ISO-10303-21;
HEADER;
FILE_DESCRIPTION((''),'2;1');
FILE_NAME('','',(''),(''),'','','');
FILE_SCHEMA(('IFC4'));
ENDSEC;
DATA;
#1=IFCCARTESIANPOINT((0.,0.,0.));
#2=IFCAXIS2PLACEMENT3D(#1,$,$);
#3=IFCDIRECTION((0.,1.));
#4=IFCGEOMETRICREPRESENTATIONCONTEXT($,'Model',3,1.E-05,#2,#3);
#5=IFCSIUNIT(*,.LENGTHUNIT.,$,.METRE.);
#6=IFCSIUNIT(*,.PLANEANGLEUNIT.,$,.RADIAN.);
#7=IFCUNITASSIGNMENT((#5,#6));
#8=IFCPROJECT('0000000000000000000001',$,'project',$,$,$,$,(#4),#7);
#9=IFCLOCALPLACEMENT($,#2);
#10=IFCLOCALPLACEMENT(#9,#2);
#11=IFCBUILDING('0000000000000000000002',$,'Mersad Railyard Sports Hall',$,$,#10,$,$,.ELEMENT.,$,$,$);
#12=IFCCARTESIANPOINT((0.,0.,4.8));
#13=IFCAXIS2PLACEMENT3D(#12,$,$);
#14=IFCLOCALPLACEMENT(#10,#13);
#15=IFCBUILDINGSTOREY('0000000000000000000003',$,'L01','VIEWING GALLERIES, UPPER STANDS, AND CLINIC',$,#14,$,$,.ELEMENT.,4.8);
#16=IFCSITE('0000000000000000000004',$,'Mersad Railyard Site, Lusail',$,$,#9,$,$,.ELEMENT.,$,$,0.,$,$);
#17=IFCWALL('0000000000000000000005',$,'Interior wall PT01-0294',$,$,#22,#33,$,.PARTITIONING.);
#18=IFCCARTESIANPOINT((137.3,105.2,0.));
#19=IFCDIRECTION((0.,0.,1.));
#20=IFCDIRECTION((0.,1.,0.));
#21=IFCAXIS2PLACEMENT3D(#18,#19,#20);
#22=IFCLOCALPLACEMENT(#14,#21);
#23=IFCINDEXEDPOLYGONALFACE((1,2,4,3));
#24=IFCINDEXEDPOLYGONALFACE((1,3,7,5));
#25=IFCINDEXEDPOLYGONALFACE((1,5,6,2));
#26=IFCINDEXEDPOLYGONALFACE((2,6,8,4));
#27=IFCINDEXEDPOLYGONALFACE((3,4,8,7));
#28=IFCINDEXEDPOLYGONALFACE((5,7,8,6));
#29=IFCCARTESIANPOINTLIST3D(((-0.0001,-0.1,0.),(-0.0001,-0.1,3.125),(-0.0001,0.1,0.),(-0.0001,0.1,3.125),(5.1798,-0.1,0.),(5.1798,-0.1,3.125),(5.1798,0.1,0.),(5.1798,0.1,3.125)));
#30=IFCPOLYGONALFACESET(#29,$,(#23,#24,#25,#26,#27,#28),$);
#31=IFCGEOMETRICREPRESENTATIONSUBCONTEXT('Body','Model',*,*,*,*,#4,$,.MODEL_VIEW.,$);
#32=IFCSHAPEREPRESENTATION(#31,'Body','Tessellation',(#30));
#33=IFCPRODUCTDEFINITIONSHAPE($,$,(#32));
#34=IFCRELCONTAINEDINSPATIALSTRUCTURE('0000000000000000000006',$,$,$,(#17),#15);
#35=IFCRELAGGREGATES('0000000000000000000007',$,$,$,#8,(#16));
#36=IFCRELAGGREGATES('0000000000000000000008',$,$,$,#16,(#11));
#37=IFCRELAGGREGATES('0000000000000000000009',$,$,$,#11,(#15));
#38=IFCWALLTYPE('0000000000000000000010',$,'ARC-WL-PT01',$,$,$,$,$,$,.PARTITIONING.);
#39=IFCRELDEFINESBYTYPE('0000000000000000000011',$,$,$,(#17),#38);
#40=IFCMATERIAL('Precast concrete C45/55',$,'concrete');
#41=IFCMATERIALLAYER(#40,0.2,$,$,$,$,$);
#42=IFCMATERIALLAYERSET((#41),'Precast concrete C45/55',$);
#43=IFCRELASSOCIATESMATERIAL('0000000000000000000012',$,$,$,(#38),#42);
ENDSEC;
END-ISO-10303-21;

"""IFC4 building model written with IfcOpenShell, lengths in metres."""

from ifc_helpers import new_model, si_unit, direction, frame, frame_2d, origin, place, context, subcontext, project, spatial, rectangle, extrude, material, layer, layer_set, type_object, element, save


model = new_model("IFC4")

# Units and contexts
model_context = context("Model", 3, precision=1e-05, world=origin(), true_north=direction((0.0, 1.0)))
body_context = subcontext(model_context, "Body", "Model", "MODEL_VIEW")
ifc_project = project(units=[si_unit("LENGTHUNIT", "METRE"), si_unit("PLANEANGLEUNIT", "RADIAN")], contexts=[model_context])

# Site, building, storey
site_placement = place(None, origin())
site = spatial("IfcSite", under=ifc_project, at=site_placement, Name="Mersad Railyard Site, Lusail", CompositionType="ELEMENT", RefElevation=0.0)
building_placement = place(site_placement, origin())
building = spatial("IfcBuilding", under=site, at=building_placement, Name="Mersad Railyard Sports Hall", CompositionType="ELEMENT")
storey_placement = place(building_placement, frame((0.0, 0.0, 4.8)))
storey = spatial("IfcBuildingStorey", under=building, at=storey_placement, Name="L01", Description="VIEWING GALLERIES, UPPER STANDS, AND CLINIC", CompositionType="ELEMENT", Elevation=4.8)

# Wall
ifc_material_1 = material(Name="Precast concrete C45/55", Category="concrete")
ifc_layer_1 = layer(ifc_material_1, 0.2)
ifc_layer_set_1 = layer_set([ifc_layer_1], Name="Precast concrete C45/55")
wall_type_1 = type_object("IfcWallType", Name="ARC-WL-PT01", PredefinedType="PARTITIONING", material=ifc_layer_set_1)
wall_1_placement = place(storey_placement, frame((137.3, 105.2, 0.0), z_axis=(0.0, 0.0, 1.0), x_axis=(0.0, 1.0, 0.0)))
element("IfcWall", 1, at=wall_1_placement, inside=storey, type_object=wall_type_1, Name="Interior wall PT01-0294", PredefinedType="PARTITIONING", context=body_context, shape_type="SweptSolid", body=[
    extrude(rectangle(XDim=5.1799, YDim=0.2, at=frame_2d((2.5898, 0.0))), origin(), (0.0, 0.0, 1.0), 3.125),
])

save(model, "model.ifc")
